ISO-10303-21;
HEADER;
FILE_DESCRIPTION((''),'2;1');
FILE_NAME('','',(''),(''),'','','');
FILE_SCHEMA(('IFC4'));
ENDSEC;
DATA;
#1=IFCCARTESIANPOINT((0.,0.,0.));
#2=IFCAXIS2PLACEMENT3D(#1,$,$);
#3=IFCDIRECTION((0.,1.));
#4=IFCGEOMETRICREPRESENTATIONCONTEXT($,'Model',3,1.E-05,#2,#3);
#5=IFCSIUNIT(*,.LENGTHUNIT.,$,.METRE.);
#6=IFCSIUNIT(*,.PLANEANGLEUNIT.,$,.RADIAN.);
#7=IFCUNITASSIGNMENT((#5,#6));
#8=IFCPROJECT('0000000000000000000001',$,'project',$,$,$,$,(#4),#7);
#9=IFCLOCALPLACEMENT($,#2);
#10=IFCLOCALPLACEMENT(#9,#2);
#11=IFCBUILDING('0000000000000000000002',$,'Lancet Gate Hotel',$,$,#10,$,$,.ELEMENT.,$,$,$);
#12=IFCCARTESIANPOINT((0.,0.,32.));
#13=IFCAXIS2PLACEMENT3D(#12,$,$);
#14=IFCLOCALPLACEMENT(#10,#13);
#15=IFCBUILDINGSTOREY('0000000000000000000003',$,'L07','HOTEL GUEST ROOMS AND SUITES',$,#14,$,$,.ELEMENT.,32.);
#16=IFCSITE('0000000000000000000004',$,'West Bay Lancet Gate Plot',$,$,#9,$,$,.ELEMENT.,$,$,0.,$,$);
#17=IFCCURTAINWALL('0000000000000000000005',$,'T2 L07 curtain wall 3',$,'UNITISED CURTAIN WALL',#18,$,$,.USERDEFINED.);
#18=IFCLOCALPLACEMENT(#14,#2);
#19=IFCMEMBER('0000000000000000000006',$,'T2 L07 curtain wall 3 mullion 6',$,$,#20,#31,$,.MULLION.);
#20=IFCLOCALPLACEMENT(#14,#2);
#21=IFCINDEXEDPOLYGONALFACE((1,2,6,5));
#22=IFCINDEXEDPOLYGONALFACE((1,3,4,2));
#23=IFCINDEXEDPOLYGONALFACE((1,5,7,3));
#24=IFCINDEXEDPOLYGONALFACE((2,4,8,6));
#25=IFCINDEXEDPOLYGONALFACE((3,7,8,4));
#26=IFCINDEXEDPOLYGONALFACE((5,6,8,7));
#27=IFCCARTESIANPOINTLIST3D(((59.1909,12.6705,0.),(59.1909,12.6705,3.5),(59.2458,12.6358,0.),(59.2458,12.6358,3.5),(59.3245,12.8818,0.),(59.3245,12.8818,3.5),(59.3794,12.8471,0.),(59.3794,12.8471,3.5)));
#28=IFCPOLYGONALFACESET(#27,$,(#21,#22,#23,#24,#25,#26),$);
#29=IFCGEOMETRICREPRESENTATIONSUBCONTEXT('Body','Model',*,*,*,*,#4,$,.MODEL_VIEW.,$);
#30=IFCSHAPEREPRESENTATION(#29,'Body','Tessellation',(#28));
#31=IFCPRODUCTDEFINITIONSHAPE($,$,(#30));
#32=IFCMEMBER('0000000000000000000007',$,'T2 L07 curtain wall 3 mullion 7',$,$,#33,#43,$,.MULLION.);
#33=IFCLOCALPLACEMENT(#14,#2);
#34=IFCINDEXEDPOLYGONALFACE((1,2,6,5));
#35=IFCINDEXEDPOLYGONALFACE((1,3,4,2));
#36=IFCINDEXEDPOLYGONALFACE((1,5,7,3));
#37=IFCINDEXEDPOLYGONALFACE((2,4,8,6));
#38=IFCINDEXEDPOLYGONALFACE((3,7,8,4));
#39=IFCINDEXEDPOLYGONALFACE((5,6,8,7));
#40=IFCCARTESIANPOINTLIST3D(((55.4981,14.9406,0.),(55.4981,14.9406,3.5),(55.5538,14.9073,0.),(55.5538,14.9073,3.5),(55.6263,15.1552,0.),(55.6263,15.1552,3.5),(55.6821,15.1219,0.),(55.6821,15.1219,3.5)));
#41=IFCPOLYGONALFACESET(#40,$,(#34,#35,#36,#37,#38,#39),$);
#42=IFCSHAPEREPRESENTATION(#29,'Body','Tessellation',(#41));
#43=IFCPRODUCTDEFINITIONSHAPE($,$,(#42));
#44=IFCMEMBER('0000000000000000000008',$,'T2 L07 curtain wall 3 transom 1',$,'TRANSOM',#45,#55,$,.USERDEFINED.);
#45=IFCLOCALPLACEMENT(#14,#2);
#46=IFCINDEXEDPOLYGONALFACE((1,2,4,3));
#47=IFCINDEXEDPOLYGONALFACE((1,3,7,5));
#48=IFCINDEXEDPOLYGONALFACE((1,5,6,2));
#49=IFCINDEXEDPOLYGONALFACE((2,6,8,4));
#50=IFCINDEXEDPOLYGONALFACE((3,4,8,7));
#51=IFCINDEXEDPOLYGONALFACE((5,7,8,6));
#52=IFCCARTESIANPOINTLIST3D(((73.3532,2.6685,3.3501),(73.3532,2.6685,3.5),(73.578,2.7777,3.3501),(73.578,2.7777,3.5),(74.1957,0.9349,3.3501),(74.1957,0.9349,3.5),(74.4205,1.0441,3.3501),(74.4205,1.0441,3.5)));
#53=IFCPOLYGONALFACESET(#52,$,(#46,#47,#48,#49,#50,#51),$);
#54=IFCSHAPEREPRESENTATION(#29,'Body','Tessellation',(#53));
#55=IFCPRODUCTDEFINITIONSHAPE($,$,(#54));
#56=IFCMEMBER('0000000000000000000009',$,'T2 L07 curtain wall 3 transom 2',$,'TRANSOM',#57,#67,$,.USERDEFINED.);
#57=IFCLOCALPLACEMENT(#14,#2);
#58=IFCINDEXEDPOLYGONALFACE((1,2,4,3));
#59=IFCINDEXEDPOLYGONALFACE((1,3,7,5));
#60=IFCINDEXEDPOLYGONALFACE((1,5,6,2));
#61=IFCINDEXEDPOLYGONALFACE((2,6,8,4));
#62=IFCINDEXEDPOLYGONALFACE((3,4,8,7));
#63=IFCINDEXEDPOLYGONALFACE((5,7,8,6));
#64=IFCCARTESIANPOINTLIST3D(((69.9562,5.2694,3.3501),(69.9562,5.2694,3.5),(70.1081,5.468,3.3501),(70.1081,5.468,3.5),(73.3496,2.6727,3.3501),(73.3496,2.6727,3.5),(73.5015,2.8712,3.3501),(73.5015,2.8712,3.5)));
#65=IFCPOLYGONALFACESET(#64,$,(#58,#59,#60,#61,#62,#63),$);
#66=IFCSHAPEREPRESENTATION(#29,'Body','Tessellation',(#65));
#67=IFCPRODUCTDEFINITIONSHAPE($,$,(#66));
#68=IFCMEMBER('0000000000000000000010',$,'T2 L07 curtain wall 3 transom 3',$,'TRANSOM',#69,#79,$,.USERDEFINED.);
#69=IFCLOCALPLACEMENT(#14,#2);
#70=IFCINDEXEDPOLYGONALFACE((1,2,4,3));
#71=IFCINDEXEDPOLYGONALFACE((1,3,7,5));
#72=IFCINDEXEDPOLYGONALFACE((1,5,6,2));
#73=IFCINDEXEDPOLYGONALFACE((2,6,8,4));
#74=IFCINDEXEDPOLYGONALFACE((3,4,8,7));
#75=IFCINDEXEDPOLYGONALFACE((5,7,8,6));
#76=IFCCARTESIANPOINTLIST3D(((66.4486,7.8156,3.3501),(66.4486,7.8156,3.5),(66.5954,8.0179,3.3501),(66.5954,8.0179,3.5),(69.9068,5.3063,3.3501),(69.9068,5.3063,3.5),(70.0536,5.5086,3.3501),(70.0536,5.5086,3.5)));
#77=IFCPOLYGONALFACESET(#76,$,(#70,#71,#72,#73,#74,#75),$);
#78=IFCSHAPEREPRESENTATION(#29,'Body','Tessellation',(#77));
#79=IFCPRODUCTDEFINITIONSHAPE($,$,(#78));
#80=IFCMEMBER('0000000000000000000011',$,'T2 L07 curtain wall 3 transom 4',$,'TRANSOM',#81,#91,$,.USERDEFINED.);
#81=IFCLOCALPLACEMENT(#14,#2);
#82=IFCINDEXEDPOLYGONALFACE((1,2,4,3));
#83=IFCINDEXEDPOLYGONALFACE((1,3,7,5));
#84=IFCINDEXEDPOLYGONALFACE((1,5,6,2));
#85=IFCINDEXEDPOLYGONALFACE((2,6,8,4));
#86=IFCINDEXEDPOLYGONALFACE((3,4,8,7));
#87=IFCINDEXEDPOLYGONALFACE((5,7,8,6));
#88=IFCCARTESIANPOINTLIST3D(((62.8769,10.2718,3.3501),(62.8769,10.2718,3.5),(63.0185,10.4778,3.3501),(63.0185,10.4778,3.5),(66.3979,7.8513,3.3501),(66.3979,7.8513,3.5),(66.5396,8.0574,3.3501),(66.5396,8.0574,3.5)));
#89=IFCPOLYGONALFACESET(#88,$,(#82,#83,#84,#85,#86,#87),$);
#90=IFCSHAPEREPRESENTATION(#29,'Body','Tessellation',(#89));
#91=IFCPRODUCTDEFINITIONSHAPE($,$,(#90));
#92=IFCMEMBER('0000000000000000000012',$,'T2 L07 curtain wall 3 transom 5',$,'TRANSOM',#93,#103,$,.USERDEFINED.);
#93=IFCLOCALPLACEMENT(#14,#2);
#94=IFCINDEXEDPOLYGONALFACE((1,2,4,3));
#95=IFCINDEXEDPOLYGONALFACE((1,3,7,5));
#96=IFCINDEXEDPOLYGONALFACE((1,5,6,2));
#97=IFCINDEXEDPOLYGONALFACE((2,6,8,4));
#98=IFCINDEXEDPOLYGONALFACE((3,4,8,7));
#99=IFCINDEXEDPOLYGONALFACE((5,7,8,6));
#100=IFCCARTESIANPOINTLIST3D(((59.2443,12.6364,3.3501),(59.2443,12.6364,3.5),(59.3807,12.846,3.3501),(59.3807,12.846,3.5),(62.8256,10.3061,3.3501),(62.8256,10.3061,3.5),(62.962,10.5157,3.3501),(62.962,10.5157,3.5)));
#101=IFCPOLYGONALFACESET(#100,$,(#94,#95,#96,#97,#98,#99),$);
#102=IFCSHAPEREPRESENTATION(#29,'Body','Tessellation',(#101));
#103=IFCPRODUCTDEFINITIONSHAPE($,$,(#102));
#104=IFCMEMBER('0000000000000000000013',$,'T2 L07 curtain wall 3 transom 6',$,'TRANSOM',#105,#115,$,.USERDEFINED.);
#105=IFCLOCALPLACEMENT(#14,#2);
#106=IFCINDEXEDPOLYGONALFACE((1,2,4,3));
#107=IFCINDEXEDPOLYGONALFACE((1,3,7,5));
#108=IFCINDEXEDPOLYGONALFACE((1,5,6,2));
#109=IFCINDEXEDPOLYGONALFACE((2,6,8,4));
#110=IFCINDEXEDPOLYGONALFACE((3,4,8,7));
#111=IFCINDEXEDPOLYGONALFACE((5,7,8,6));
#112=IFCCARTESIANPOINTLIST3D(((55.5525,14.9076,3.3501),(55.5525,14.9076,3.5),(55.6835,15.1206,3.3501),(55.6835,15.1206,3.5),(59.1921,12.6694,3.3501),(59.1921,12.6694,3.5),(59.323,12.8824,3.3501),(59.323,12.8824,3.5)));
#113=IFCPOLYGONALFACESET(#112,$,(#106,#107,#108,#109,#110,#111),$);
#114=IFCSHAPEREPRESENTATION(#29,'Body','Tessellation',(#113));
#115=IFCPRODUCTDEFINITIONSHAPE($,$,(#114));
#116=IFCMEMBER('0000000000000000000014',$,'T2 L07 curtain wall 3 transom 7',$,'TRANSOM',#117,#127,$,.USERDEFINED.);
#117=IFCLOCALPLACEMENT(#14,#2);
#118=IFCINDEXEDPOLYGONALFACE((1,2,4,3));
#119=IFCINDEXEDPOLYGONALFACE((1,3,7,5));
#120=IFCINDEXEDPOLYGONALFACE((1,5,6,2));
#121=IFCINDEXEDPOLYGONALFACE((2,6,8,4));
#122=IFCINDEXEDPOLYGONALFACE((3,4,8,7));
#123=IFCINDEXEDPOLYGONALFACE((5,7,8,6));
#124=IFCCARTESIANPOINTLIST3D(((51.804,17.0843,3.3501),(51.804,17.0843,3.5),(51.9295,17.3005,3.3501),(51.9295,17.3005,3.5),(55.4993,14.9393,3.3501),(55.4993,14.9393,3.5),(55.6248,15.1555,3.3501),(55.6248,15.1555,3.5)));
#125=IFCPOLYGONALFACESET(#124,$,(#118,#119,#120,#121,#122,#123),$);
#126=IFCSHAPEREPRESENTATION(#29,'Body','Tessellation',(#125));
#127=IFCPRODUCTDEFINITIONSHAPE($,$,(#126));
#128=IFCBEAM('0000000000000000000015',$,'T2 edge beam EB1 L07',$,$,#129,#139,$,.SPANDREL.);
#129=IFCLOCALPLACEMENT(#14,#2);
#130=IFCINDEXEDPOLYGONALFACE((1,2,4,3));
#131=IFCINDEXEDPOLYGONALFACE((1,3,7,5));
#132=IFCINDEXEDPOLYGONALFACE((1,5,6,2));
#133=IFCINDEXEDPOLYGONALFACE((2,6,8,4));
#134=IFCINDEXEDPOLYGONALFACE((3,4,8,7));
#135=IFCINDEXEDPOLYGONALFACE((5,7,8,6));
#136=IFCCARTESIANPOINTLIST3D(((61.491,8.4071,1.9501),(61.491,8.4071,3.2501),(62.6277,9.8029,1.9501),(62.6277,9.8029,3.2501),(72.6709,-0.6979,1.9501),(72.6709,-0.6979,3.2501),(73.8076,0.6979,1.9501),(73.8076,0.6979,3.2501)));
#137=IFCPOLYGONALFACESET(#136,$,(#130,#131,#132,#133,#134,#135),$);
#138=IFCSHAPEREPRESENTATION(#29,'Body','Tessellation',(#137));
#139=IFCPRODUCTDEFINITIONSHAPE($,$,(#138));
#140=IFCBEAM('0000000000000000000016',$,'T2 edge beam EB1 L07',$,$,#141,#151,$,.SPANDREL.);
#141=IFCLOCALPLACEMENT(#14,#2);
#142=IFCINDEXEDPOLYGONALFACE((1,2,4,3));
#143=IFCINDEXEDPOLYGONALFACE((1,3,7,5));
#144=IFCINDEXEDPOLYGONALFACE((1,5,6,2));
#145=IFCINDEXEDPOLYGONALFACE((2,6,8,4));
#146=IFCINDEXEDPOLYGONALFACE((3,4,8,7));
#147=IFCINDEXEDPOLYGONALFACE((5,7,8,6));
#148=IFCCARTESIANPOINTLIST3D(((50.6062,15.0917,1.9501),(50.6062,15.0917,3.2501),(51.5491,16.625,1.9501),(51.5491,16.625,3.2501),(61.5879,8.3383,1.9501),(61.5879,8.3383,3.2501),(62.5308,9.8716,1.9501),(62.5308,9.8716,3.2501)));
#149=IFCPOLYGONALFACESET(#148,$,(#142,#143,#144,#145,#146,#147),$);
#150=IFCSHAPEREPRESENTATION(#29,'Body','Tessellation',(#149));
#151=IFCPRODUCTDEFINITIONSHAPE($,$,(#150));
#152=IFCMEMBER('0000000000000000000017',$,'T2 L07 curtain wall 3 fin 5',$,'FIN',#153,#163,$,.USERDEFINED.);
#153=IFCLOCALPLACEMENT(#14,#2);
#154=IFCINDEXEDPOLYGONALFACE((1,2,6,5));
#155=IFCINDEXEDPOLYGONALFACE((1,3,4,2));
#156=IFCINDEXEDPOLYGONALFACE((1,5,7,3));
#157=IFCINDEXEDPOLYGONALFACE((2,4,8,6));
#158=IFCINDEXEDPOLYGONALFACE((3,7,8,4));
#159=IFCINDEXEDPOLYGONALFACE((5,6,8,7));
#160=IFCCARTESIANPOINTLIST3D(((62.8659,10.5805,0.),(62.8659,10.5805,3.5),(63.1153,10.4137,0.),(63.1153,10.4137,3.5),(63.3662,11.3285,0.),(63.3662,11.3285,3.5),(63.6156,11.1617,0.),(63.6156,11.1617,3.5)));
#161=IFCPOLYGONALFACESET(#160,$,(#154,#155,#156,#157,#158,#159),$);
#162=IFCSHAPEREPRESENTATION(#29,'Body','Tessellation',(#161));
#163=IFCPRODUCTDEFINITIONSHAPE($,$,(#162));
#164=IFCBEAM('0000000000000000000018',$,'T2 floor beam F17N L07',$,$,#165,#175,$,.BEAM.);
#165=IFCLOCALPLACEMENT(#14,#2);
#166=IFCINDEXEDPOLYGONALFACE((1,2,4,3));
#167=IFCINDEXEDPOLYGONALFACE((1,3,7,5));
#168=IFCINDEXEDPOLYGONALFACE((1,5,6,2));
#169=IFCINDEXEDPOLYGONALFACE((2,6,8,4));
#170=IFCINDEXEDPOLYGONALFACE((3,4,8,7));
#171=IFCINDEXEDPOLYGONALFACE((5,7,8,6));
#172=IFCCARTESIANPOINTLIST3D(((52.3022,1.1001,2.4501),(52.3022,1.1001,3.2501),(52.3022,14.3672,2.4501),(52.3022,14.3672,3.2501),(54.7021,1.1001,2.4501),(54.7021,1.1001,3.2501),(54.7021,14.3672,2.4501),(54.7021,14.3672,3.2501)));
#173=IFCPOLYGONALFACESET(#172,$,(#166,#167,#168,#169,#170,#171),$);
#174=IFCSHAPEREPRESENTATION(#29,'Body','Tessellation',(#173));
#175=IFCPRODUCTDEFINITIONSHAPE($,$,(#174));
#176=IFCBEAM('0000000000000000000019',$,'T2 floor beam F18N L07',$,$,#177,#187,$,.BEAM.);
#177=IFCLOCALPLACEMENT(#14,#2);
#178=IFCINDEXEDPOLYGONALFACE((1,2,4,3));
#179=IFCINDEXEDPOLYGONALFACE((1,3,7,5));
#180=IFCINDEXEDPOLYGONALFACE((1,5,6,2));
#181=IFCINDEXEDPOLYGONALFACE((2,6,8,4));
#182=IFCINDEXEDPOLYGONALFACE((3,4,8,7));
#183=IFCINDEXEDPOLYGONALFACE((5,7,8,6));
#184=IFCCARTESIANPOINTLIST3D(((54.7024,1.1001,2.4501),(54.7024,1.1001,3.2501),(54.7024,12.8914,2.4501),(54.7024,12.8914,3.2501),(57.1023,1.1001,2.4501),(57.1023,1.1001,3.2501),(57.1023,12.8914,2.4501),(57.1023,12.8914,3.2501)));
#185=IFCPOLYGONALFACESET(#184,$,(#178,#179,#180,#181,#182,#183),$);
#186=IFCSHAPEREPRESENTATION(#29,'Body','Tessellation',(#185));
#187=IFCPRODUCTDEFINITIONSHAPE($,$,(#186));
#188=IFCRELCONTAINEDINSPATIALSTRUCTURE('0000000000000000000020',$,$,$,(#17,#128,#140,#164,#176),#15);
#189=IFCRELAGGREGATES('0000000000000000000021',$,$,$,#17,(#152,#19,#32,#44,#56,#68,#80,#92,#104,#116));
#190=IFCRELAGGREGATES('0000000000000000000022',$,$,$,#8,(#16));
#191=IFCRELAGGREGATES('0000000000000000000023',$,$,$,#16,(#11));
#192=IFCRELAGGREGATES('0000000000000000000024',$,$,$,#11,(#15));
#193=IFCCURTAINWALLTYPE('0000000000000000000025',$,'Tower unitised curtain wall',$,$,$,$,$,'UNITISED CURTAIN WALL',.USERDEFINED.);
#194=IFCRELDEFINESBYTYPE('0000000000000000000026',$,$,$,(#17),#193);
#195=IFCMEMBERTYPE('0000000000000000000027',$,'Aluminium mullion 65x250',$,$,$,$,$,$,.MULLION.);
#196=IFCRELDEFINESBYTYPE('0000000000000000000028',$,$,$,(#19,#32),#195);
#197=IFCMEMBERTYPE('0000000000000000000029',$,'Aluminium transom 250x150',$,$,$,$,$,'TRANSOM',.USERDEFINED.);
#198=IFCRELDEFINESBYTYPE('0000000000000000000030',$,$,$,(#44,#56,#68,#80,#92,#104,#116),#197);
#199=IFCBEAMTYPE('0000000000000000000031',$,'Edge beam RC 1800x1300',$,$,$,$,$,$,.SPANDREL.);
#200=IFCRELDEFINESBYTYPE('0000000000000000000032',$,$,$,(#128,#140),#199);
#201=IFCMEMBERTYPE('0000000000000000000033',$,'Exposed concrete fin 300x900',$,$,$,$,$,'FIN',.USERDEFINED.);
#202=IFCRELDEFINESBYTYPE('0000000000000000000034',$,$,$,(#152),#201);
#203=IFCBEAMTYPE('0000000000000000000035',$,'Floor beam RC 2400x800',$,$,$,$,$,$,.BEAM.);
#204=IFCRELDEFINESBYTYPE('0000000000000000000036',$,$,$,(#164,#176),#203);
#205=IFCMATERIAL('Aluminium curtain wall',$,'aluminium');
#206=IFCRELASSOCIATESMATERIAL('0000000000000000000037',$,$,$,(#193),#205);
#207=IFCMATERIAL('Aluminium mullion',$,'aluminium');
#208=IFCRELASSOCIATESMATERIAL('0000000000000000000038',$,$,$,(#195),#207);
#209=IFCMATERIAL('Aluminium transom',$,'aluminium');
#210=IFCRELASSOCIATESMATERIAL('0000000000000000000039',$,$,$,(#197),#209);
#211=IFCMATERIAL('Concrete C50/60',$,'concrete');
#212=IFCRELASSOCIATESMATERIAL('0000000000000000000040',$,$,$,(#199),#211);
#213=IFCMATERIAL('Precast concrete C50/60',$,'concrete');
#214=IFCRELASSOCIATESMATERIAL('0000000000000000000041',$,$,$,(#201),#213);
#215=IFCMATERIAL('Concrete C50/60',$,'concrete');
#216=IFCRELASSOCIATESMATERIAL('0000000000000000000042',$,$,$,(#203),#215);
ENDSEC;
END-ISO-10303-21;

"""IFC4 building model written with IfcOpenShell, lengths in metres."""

from ifc_helpers import new_model, si_unit, direction, frame, origin, origin_2d, place, context, subcontext, project, spatial, rectangle, extrude, material, material_profile, profile_set, type_object, element, aggregate, save


model = new_model("IFC4")

# Units and contexts
model_context = context("Model", 3, precision=1e-05, world=origin(), true_north=direction((0.0, 1.0)))
body_context = subcontext(model_context, "Body", "Model", "MODEL_VIEW")
ifc_project = project(units=[si_unit("LENGTHUNIT", "METRE"), si_unit("PLANEANGLEUNIT", "RADIAN")], contexts=[model_context])

# Site, building, storey
site_placement = place(None, origin())
site = spatial("IfcSite", under=ifc_project, at=site_placement, Name="West Bay Lancet Gate Plot", CompositionType="ELEMENT", RefElevation=0.0)
building_placement = place(site_placement, origin())
building = spatial("IfcBuilding", under=site, at=building_placement, Name="Lancet Gate Hotel", CompositionType="ELEMENT")
storey_placement = place(building_placement, frame((0.0, 0.0, 32.0)))
storey = spatial("IfcBuildingStorey", under=building, at=storey_placement, Name="L07", Description="HOTEL GUEST ROOMS AND SUITES", CompositionType="ELEMENT", Elevation=32.0)

# Curtain wall, members
ifc_material_1 = material(Name="Aluminium curtain wall", Category="aluminium")
curtain_wall_type = type_object("IfcCurtainWallType", Name="Tower unitised curtain wall", ElementType="UNITISED CURTAIN WALL", PredefinedType="USERDEFINED", material=ifc_material_1)
curtain_wall_placement = place(storey_placement, origin())
curtain_wall = element("IfcCurtainWall", 1, at=curtain_wall_placement, inside=storey, type_object=curtain_wall_type, Name="T2 L07 curtain wall 3", ObjectType="UNITISED CURTAIN WALL", PredefinedType="USERDEFINED")
ifc_material_2 = material(Name="Aluminium mullion", Category="aluminium")
ifc_material_profile_1 = material_profile(ifc_material_2, rectangle(XDim=0.0649, YDim=0.25, at=origin_2d()), Name="MULLION 65x250")
ifc_profile_set_1 = profile_set([ifc_material_profile_1], Name="Aluminium mullion")
member_type_1 = type_object("IfcMemberType", Name="Aluminium mullion 65x250", PredefinedType="MULLION", material=ifc_profile_set_1)
member_1_placement = place(storey_placement, frame((59.2852, 12.7588, 0.0), z_axis=(0.0, 0.0, 1.0), x_axis=(-0.845079, 0.534641, 0.0)))
member_1 = element("IfcMember", 2, at=member_1_placement, type_object=member_type_1, Name="T2 L07 curtain wall 3 mullion 6", PredefinedType="MULLION", context=body_context, shape_type="SweptSolid", body=[
    extrude(rectangle(XDim=0.0649, YDim=0.25, at=origin_2d()), origin(), (0.0, 0.0, 1.0), 3.5),
])
member_2_placement = place(storey_placement, frame((55.5901, 15.0312, 0.0), z_axis=(0.0, 0.0, 1.0), x_axis=(-0.858413, 0.512959, 0.0)))
member_2 = element("IfcMember", 3, at=member_2_placement, type_object=member_type_1, Name="T2 L07 curtain wall 3 mullion 7", PredefinedType="MULLION", context=body_context, shape_type="SweptSolid", body=[
    extrude(rectangle(XDim=0.0649, YDim=0.25, at=origin_2d()), origin(), (0.0, 0.0, 1.0), 3.5),
])
ifc_material_3 = material(Name="Aluminium transom", Category="aluminium")
ifc_material_profile_2 = material_profile(ifc_material_3, rectangle(XDim=0.25, YDim=0.1499, at=origin_2d()), Name="TRANSOM 250x150")
ifc_profile_set_2 = profile_set([ifc_material_profile_2], Name="Aluminium transom")
member_type_2 = type_object("IfcMemberType", Name="Aluminium transom 250x150", ElementType="TRANSOM", PredefinedType="USERDEFINED", material=ifc_profile_set_2)
member_3_placement = place(storey_placement, frame((74.3081, 0.9895, 3.425), z_axis=(-0.437103, 0.899411, 0.0), x_axis=(-0.899411, -0.437103, 0.0)))
member_3 = element("IfcMember", 4, at=member_3_placement, type_object=member_type_2, Name="T2 L07 curtain wall 3 transom 1", ObjectType="TRANSOM", PredefinedType="USERDEFINED", context=body_context, shape_type="SweptSolid", body=[
    extrude(rectangle(XDim=0.25, YDim=0.1499, at=origin_2d()), origin(), (0.0, 0.0, 1.0), 1.9275),
])
member_4_placement = place(storey_placement, frame((73.4255, 2.772, 3.425), z_axis=(-0.794155, 0.607715, 0.0), x_axis=(-0.607715, -0.794155, 0.0)))
member_4 = element("IfcMember", 5, at=member_4_placement, type_object=member_type_2, Name="T2 L07 curtain wall 3 transom 2", ObjectType="TRANSOM", PredefinedType="USERDEFINED", context=body_context, shape_type="SweptSolid", body=[
    extrude(rectangle(XDim=0.25, YDim=0.1499, at=origin_2d()), origin(), (0.0, 0.0, 1.0), 4.2729),
])
member_5_placement = place(storey_placement, frame((69.9802, 5.4075, 3.425), z_axis=(-0.809383, 0.587281, 0.0), x_axis=(-0.587281, -0.809383, 0.0)))
member_5 = element("IfcMember", 6, at=member_5_placement, type_object=member_type_2, Name="T2 L07 curtain wall 3 transom 3", ObjectType="TRANSOM", PredefinedType="USERDEFINED", context=body_context, shape_type="SweptSolid", body=[
    extrude(rectangle(XDim=0.25, YDim=0.1499, at=origin_2d()), origin(), (0.0, 0.0, 1.0), 4.2727),
])
member_6_placement = place(storey_placement, frame((66.4688, 7.9543, 3.425), z_axis=(-0.824072, 0.566485, 0.0), x_axis=(-0.566485, -0.824072, 0.0)))
member_6 = element("IfcMember", 7, at=member_6_placement, type_object=member_type_2, Name="T2 L07 curtain wall 3 transom 4", ObjectType="TRANSOM", PredefinedType="USERDEFINED", context=body_context, shape_type="SweptSolid", body=[
    extrude(rectangle(XDim=0.25, YDim=0.1499, at=origin_2d()), origin(), (0.0, 0.0, 1.0), 4.2727),
])
member_7_placement = place(storey_placement, frame((62.8938, 10.4109, 3.425), z_axis=(-0.838179, 0.545396, 0.0), x_axis=(-0.545396, -0.838179, 0.0)))
member_7 = element("IfcMember", 8, at=member_7_placement, type_object=member_type_2, Name="T2 L07 curtain wall 3 transom 5", ObjectType="TRANSOM", PredefinedType="USERDEFINED", context=body_context, shape_type="SweptSolid", body=[
    extrude(rectangle(XDim=0.25, YDim=0.1499, at=origin_2d()), origin(), (0.0, 0.0, 1.0), 4.2727),
])
member_8_placement = place(storey_placement, frame((59.2576, 12.7759, 3.425), z_axis=(-0.851815, 0.523842, 0.0), x_axis=(-0.523842, -0.851815, 0.0)))
member_8 = element("IfcMember", 9, at=member_8_placement, type_object=member_type_2, Name="T2 L07 curtain wall 3 transom 6", ObjectType="TRANSOM", PredefinedType="USERDEFINED", context=body_context, shape_type="SweptSolid", body=[
    extrude(rectangle(XDim=0.25, YDim=0.1499, at=origin_2d()), origin(), (0.0, 0.0, 1.0), 4.2727),
])
member_9_placement = place(storey_placement, frame((55.562, 15.0474, 3.425), z_axis=(-0.864855, 0.502022, 0.0), x_axis=(-0.502022, -0.864855, 0.0)))
member_9 = element("IfcMember", 10, at=member_9_placement, type_object=member_type_2, Name="T2 L07 curtain wall 3 transom 7", ObjectType="TRANSOM", PredefinedType="USERDEFINED", context=body_context, shape_type="SweptSolid", body=[
    extrude(rectangle(XDim=0.25, YDim=0.1499, at=origin_2d()), origin(), (0.0, 0.0, 1.0), 4.2727),
])

# Beams
ifc_material_4 = material(Name="Concrete C50/60", Category="concrete")
ifc_material_profile_3 = material_profile(ifc_material_4, rectangle(XDim=1.8, YDim=1.3, at=origin_2d()), Name="RC 1800x1300")
ifc_profile_set_3 = profile_set([ifc_material_profile_3], Name="Concrete C50/60")
beam_type_1 = type_object("IfcBeamType", Name="Edge beam RC 1800x1300", PredefinedType="SPANDREL", material=ifc_profile_set_3)
beam_1_placement = place(storey_placement, frame((73.2393, 0.0, 2.6001), z_axis=(-0.775391, 0.631481, 0.0), x_axis=(-0.631481, -0.775391, 0.0)))
element("IfcBeam", 11, at=beam_1_placement, inside=storey, type_object=beam_type_1, Name="T2 edge beam EB1 L07", PredefinedType="SPANDREL", context=body_context, shape_type="SweptSolid", body=[
    extrude(rectangle(XDim=1.8, YDim=1.3, at=origin_2d()), origin(), (0.0, 0.0, 1.0), 14.4185),
])
beam_2_placement = place(storey_placement, frame((62.0593, 9.105, 2.6001), z_axis=(-0.851816, 0.523842, 0.0), x_axis=(-0.523842, -0.851816, 0.0)))
element("IfcBeam", 12, at=beam_2_placement, inside=storey, type_object=beam_type_1, Name="T2 edge beam EB1 L07", PredefinedType="SPANDREL", context=body_context, shape_type="SweptSolid", body=[
    extrude(rectangle(XDim=1.8, YDim=1.3, at=origin_2d()), origin(), (0.0, 0.0, 1.0), 12.8921),
])

# Member
ifc_material_5 = material(Name="Precast concrete C50/60", Category="concrete")
ifc_material_profile_4 = material_profile(ifc_material_5, rectangle(XDim=0.3, YDim=0.8999, at=origin_2d()), Name="FIN 300x900")
ifc_profile_set_4 = profile_set([ifc_material_profile_4], Name="Precast concrete C50/60")
member_type_3 = type_object("IfcMemberType", Name="Exposed concrete fin 300x900", ElementType="FIN", PredefinedType="USERDEFINED", material=ifc_profile_set_4)
member_10_placement = place(storey_placement, frame((63.2407, 10.8711, 0.0), z_axis=(0.0, 0.0, 1.0), x_axis=(-0.831198, 0.555976, 0.0)))
member_10 = element("IfcMember", 13, at=member_10_placement, type_object=member_type_3, Name="T2 L07 curtain wall 3 fin 5", ObjectType="FIN", PredefinedType="USERDEFINED", context=body_context, shape_type="SweptSolid", body=[
    extrude(rectangle(XDim=0.3, YDim=0.8999, at=origin_2d()), origin(), (0.0, 0.0, 1.0), 3.5),
])

# Beams
ifc_material_6 = material(Name="Concrete C50/60", Category="concrete")
ifc_material_profile_5 = material_profile(ifc_material_6, rectangle(XDim=2.3999, YDim=0.8, at=origin_2d()), Name="RC 2400x800")
ifc_profile_set_5 = profile_set([ifc_material_profile_5], Name="Concrete C50/60")
beam_type_2 = type_object("IfcBeamType", Name="Floor beam RC 2400x800", PredefinedType="BEAM", material=ifc_profile_set_5)
beam_3_placement = place(storey_placement, frame((53.5022, 1.1001, 2.8501), z_axis=(0.0, 1.0, 0.0), x_axis=(-1.0, 0.0, 0.0)))
element("IfcBeam", 14, at=beam_3_placement, inside=storey, type_object=beam_type_2, Name="T2 floor beam F17N L07", PredefinedType="BEAM", context=body_context, shape_type="SweptSolid", body=[
    extrude(rectangle(XDim=2.3999, YDim=0.8, at=origin_2d()), origin(), (0.0, 0.0, 1.0), 13.2671),
])
beam_4_placement = place(storey_placement, frame((55.9023, 1.1001, 2.8501), z_axis=(0.0, 1.0, 0.0), x_axis=(-1.0, 0.0, 0.0)))
element("IfcBeam", 15, at=beam_4_placement, inside=storey, type_object=beam_type_2, Name="T2 floor beam F18N L07", PredefinedType="BEAM", context=body_context, shape_type="SweptSolid", body=[
    extrude(rectangle(XDim=2.3999, YDim=0.8, at=origin_2d()), origin(), (0.0, 0.0, 1.0), 11.7913),
])

aggregate(curtain_wall, [member_10, member_1, member_2, member_3, member_4, member_5, member_6, member_7, member_8, member_9])

save(model, "model.ifc")
